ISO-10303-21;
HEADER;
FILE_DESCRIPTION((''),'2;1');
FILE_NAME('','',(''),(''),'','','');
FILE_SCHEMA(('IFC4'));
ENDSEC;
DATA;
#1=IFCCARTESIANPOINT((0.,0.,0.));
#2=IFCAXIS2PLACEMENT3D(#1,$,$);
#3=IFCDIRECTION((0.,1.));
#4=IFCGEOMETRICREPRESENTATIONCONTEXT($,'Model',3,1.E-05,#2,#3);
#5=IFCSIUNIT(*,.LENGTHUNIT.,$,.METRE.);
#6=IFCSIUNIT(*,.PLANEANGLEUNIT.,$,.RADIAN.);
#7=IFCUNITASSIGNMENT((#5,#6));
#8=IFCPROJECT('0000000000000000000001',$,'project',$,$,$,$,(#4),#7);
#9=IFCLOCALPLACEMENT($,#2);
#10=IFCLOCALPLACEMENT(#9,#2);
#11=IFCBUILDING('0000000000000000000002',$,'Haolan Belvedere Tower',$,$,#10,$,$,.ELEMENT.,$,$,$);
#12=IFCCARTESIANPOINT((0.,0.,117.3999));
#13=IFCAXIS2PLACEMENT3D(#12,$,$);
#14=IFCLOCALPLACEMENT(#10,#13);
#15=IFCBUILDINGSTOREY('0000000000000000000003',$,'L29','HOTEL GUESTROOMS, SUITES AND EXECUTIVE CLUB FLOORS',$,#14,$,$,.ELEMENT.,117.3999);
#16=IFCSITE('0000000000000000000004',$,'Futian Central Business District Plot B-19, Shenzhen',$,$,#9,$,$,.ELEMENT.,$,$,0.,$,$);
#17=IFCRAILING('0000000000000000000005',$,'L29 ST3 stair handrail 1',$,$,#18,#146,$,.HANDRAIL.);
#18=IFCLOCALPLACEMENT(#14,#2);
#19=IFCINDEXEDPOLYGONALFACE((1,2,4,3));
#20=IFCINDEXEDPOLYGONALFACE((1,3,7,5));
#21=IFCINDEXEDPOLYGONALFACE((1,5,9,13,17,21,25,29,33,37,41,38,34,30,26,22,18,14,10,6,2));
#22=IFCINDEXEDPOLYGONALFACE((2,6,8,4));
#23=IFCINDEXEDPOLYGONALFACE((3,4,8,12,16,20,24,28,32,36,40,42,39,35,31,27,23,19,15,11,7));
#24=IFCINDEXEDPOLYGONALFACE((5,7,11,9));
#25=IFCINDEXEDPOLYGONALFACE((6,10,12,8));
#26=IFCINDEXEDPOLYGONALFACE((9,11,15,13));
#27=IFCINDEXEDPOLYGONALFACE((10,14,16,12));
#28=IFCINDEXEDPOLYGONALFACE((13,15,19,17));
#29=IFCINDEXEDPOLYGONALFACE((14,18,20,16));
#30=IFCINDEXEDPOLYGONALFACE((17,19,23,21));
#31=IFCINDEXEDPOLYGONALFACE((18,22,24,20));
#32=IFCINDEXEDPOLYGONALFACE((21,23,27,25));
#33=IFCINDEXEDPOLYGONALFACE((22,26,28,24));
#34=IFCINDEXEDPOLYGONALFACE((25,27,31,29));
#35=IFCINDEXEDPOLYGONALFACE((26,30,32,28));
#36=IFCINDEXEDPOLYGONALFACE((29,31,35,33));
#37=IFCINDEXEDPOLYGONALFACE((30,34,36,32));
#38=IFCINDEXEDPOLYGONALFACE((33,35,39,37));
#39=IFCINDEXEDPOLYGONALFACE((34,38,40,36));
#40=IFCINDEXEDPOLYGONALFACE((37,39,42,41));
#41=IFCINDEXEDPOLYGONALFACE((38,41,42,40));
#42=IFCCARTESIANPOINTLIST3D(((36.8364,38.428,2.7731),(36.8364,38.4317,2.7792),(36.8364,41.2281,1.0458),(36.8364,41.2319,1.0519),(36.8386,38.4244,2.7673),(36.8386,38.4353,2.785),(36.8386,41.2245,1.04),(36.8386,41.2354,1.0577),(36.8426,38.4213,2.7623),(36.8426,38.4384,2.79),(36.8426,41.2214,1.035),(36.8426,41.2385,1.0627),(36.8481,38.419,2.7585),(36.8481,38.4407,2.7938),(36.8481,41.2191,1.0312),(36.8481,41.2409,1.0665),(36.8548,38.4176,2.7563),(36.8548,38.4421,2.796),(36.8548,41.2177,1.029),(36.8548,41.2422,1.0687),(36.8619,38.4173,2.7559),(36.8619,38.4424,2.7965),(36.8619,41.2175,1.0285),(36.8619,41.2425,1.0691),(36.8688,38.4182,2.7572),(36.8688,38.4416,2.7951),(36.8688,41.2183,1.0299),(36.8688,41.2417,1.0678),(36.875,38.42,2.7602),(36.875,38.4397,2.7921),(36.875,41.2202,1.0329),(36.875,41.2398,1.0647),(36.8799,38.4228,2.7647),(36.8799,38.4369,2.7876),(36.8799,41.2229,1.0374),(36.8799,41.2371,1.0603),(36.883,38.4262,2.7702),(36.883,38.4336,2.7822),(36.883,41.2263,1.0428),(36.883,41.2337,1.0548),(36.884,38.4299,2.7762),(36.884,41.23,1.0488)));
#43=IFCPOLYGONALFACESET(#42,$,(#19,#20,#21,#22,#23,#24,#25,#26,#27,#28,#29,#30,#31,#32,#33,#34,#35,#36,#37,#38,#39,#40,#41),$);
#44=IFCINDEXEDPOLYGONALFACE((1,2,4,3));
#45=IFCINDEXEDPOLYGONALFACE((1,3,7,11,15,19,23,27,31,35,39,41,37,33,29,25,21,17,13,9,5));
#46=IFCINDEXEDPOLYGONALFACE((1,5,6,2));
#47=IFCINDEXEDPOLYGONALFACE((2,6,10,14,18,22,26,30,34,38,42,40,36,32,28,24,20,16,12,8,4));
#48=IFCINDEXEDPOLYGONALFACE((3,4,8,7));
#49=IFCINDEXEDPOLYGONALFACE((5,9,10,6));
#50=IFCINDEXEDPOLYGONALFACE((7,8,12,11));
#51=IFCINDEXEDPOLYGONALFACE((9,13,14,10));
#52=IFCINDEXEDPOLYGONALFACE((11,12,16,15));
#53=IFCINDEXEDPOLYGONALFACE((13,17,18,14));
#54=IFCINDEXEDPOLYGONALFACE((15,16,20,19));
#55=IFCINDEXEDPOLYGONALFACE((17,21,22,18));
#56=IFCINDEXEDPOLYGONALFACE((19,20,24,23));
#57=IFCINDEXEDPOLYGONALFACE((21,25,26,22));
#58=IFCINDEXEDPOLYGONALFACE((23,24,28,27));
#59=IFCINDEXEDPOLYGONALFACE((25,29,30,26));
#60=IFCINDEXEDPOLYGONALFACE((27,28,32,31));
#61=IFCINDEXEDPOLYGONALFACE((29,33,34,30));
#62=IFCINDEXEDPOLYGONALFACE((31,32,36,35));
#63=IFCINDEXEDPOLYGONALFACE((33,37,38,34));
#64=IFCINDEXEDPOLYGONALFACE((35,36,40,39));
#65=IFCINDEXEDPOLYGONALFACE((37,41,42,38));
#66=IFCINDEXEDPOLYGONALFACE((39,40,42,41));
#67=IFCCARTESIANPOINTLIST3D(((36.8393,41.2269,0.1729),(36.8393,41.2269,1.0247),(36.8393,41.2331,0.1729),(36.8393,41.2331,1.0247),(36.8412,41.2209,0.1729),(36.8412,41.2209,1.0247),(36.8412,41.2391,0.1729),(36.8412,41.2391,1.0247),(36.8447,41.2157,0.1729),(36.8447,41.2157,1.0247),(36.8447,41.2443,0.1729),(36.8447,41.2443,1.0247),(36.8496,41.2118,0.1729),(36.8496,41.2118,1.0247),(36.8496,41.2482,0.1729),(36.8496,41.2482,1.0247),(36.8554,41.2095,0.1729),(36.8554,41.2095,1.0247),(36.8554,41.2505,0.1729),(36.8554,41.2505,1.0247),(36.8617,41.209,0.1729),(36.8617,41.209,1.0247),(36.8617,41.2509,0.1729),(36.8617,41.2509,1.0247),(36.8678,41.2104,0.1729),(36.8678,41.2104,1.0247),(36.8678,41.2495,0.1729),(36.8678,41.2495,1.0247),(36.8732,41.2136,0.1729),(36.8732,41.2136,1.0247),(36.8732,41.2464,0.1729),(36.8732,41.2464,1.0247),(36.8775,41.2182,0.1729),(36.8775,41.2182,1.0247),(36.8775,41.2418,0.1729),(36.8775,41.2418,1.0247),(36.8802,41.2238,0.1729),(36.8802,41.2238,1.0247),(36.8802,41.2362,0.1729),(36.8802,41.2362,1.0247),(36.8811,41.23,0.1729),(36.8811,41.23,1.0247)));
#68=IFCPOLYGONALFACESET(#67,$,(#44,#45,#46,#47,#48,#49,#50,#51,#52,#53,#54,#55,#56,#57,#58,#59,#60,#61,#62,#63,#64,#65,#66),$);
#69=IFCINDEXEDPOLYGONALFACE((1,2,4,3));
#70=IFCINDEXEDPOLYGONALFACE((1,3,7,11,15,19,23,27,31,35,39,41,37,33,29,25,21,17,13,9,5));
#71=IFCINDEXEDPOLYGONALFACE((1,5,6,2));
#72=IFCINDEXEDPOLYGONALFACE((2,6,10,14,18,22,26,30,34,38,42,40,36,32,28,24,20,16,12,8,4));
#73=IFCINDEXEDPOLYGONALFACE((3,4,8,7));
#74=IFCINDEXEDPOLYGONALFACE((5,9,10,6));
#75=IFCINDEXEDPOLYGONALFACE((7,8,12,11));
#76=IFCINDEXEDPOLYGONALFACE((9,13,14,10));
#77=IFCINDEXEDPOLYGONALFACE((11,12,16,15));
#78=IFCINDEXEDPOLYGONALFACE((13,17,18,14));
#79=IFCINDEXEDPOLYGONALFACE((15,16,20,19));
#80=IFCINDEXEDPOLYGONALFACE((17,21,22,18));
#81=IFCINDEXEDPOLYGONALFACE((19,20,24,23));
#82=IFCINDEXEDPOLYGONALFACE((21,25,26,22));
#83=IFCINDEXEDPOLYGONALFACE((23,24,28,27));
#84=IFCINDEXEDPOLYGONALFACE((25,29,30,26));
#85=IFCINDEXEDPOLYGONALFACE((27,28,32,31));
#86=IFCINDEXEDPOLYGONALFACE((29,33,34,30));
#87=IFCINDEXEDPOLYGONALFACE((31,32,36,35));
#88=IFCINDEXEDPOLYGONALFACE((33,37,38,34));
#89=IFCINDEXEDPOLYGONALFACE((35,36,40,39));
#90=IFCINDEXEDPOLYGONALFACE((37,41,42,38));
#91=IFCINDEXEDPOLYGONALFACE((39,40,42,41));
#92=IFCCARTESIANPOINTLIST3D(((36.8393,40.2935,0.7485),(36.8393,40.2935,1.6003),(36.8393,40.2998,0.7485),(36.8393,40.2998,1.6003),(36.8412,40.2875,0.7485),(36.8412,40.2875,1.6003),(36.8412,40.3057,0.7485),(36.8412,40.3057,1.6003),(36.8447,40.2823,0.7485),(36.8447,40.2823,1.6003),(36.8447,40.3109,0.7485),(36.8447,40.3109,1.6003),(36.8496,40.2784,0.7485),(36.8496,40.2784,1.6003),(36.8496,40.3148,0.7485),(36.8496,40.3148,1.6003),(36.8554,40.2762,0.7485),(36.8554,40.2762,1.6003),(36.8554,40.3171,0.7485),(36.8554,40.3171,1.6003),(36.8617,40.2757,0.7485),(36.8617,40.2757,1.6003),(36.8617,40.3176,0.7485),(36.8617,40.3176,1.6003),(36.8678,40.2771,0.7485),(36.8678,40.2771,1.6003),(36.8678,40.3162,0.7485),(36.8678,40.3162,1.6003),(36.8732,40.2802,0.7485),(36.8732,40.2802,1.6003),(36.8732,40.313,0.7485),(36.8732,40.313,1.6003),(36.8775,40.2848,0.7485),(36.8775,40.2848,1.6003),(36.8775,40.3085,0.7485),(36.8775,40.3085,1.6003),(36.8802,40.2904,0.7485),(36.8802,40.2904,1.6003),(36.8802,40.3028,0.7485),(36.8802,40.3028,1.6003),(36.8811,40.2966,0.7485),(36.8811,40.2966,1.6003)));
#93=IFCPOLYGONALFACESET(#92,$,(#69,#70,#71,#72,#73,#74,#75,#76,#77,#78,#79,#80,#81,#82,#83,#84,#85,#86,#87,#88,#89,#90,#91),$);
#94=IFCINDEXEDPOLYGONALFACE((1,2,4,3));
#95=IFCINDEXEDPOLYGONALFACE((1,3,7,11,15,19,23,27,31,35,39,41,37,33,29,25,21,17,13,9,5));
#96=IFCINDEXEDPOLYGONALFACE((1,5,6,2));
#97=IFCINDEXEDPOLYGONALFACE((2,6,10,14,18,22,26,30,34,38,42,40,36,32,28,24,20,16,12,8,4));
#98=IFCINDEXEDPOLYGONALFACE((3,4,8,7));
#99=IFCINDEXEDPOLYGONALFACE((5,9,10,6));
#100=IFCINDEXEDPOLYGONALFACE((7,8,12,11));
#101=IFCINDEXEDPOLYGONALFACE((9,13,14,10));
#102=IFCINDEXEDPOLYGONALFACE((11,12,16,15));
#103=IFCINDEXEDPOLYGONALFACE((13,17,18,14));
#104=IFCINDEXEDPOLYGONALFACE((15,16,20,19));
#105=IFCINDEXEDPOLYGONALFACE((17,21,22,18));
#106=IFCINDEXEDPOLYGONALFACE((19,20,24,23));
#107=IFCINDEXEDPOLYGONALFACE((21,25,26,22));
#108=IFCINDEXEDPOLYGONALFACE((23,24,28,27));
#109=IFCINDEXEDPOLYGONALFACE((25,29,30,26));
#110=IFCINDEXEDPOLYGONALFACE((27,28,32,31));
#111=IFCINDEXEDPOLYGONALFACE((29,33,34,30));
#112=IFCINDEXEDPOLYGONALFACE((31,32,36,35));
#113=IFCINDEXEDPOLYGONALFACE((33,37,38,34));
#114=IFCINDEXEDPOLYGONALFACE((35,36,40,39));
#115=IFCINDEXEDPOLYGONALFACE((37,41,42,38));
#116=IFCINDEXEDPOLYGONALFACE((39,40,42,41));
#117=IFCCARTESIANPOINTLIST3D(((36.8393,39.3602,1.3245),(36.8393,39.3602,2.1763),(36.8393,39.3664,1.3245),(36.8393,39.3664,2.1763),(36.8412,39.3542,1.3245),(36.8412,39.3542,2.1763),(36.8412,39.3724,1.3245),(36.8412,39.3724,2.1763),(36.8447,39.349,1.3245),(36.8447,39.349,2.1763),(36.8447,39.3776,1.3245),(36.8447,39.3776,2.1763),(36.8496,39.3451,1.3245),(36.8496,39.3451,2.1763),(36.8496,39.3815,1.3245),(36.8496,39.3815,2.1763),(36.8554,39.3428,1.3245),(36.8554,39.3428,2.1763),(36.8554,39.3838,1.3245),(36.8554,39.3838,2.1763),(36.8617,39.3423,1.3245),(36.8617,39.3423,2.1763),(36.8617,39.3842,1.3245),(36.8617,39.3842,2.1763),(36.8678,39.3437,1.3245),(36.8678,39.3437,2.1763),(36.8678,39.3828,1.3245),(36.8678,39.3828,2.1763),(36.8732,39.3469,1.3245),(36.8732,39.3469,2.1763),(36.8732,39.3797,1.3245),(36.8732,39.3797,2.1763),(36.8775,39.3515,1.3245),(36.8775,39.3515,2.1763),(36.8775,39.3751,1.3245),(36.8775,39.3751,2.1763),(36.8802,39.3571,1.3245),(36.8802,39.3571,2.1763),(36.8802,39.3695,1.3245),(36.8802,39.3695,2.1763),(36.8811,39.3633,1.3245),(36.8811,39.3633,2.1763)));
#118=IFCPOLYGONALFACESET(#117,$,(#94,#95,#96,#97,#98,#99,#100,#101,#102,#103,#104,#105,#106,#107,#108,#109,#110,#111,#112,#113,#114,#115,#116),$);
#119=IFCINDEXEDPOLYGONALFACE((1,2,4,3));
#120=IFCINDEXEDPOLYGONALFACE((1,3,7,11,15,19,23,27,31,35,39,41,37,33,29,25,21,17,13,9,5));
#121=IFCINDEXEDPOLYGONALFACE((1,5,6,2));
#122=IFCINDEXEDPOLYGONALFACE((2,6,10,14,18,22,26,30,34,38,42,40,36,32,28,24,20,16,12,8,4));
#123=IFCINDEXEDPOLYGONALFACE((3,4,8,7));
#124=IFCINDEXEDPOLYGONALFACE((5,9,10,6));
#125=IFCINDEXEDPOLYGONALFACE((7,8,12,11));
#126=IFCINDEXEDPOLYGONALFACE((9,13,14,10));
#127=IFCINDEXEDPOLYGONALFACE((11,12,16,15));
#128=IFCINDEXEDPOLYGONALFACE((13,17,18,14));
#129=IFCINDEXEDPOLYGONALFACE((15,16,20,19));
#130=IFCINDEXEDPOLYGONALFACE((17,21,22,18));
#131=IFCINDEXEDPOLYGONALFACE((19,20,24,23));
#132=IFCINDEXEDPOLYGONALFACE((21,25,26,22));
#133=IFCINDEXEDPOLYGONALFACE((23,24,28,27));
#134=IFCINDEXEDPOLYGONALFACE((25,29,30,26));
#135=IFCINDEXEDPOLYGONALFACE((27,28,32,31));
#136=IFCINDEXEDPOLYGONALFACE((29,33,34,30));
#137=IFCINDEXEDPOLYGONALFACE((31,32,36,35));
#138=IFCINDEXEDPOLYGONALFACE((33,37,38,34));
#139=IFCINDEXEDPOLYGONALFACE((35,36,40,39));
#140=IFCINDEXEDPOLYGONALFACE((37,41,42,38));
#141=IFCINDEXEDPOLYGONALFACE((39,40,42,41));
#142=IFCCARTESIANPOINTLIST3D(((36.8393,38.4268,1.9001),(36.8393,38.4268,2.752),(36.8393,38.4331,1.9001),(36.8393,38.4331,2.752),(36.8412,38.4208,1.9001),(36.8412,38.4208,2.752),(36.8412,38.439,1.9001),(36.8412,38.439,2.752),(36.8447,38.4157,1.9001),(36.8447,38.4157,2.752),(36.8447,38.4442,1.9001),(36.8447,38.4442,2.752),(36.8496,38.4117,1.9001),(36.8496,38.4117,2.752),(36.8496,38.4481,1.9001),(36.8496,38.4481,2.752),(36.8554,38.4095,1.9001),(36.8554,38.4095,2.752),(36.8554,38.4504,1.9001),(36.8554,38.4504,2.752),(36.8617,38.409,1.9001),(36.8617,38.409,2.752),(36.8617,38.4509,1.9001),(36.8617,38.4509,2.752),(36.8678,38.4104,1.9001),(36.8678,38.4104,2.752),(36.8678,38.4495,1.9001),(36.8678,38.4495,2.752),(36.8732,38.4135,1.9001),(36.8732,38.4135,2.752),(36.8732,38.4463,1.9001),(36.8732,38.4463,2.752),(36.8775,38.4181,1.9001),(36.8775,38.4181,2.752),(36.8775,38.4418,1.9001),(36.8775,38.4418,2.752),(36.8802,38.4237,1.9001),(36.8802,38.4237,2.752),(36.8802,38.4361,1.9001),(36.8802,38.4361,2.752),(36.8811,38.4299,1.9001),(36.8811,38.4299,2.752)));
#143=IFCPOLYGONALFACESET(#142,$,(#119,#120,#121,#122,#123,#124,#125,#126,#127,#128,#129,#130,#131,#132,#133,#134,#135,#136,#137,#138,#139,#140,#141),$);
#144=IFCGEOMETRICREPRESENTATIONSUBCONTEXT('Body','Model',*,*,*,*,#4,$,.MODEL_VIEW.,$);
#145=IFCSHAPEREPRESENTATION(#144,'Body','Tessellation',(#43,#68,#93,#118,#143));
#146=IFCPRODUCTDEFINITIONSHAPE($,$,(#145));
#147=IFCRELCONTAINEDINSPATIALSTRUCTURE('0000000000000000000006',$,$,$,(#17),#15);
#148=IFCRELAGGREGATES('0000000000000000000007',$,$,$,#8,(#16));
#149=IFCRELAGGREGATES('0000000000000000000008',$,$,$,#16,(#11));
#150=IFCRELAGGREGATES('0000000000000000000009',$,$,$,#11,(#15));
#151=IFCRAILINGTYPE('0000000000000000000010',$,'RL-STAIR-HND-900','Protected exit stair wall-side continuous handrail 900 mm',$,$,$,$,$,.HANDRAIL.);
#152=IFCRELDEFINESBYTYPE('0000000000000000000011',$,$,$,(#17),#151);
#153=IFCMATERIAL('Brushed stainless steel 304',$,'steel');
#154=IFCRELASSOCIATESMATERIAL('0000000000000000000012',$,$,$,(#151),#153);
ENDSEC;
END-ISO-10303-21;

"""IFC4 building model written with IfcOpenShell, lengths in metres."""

from ifc_helpers import new_model, si_unit, direction, frame, origin, origin_2d, place, context, subcontext, project, spatial, circle, extrude, material, type_object, element, save


model = new_model("IFC4")

# Units and contexts
model_context = context("Model", 3, precision=1e-05, world=origin(), true_north=direction((0.0, 1.0)))
body_context = subcontext(model_context, "Body", "Model", "MODEL_VIEW")
ifc_project = project(units=[si_unit("LENGTHUNIT", "METRE"), si_unit("PLANEANGLEUNIT", "RADIAN")], contexts=[model_context])

# Site, building, storey
site_placement = place(None, origin())
site = spatial("IfcSite", under=ifc_project, at=site_placement, Name="Futian Central Business District Plot B-19, Shenzhen", CompositionType="ELEMENT", RefElevation=0.0)
building_placement = place(site_placement, origin())
building = spatial("IfcBuilding", under=site, at=building_placement, Name="Haolan Belvedere Tower", CompositionType="ELEMENT")
storey_placement = place(building_placement, frame((0.0, 0.0, 117.3999)))
storey = spatial("IfcBuildingStorey", under=building, at=storey_placement, Name="L29", Description="HOTEL GUESTROOMS, SUITES AND EXECUTIVE CLUB FLOORS", CompositionType="ELEMENT", Elevation=117.3999)

# Railing
ifc_material_1 = material(Name="Brushed stainless steel 304", Category="steel")
railing_type_1 = type_object("IfcRailingType", Name="RL-STAIR-HND-900", Description="Protected exit stair wall-side continuous handrail 900 mm", PredefinedType="HANDRAIL", material=ifc_material_1)
railing_1_placement = place(storey_placement, frame((36.8601, 41.23, 0.1729)))
element("IfcRailing", 1, at=railing_1_placement, inside=storey, type_object=railing_type_1, Name="L29 ST3 stair handrail 1", PredefinedType="HANDRAIL", context=body_context, shape_type="SweptSolid", body=[
    extrude(circle(Radius=0.0239, at=origin_2d()), frame((0.0, 0.0, 0.876), z_axis=(0.0, -0.85109, 0.52502), x_axis=(1.0, 0.0, 0.0)), (0.0, 0.0, 1.0), 3.29),
    extrude(circle(Radius=0.021, at=origin_2d()), origin(), (0.0, 0.0, 1.0), 0.8518),
    extrude(circle(Radius=0.021, at=origin_2d()), frame((0.0, -0.9333, 0.5757)), (0.0, 0.0, 1.0), 0.8518),
    extrude(circle(Radius=0.021, at=origin_2d()), frame((0.0, -1.8667, 1.1516)), (0.0, 0.0, 1.0), 0.8518),
    extrude(circle(Radius=0.021, at=origin_2d()), frame((0.0, -2.8, 1.7273)), (0.0, 0.0, 1.0), 0.8518),
])

save(model, "model.ifc")
